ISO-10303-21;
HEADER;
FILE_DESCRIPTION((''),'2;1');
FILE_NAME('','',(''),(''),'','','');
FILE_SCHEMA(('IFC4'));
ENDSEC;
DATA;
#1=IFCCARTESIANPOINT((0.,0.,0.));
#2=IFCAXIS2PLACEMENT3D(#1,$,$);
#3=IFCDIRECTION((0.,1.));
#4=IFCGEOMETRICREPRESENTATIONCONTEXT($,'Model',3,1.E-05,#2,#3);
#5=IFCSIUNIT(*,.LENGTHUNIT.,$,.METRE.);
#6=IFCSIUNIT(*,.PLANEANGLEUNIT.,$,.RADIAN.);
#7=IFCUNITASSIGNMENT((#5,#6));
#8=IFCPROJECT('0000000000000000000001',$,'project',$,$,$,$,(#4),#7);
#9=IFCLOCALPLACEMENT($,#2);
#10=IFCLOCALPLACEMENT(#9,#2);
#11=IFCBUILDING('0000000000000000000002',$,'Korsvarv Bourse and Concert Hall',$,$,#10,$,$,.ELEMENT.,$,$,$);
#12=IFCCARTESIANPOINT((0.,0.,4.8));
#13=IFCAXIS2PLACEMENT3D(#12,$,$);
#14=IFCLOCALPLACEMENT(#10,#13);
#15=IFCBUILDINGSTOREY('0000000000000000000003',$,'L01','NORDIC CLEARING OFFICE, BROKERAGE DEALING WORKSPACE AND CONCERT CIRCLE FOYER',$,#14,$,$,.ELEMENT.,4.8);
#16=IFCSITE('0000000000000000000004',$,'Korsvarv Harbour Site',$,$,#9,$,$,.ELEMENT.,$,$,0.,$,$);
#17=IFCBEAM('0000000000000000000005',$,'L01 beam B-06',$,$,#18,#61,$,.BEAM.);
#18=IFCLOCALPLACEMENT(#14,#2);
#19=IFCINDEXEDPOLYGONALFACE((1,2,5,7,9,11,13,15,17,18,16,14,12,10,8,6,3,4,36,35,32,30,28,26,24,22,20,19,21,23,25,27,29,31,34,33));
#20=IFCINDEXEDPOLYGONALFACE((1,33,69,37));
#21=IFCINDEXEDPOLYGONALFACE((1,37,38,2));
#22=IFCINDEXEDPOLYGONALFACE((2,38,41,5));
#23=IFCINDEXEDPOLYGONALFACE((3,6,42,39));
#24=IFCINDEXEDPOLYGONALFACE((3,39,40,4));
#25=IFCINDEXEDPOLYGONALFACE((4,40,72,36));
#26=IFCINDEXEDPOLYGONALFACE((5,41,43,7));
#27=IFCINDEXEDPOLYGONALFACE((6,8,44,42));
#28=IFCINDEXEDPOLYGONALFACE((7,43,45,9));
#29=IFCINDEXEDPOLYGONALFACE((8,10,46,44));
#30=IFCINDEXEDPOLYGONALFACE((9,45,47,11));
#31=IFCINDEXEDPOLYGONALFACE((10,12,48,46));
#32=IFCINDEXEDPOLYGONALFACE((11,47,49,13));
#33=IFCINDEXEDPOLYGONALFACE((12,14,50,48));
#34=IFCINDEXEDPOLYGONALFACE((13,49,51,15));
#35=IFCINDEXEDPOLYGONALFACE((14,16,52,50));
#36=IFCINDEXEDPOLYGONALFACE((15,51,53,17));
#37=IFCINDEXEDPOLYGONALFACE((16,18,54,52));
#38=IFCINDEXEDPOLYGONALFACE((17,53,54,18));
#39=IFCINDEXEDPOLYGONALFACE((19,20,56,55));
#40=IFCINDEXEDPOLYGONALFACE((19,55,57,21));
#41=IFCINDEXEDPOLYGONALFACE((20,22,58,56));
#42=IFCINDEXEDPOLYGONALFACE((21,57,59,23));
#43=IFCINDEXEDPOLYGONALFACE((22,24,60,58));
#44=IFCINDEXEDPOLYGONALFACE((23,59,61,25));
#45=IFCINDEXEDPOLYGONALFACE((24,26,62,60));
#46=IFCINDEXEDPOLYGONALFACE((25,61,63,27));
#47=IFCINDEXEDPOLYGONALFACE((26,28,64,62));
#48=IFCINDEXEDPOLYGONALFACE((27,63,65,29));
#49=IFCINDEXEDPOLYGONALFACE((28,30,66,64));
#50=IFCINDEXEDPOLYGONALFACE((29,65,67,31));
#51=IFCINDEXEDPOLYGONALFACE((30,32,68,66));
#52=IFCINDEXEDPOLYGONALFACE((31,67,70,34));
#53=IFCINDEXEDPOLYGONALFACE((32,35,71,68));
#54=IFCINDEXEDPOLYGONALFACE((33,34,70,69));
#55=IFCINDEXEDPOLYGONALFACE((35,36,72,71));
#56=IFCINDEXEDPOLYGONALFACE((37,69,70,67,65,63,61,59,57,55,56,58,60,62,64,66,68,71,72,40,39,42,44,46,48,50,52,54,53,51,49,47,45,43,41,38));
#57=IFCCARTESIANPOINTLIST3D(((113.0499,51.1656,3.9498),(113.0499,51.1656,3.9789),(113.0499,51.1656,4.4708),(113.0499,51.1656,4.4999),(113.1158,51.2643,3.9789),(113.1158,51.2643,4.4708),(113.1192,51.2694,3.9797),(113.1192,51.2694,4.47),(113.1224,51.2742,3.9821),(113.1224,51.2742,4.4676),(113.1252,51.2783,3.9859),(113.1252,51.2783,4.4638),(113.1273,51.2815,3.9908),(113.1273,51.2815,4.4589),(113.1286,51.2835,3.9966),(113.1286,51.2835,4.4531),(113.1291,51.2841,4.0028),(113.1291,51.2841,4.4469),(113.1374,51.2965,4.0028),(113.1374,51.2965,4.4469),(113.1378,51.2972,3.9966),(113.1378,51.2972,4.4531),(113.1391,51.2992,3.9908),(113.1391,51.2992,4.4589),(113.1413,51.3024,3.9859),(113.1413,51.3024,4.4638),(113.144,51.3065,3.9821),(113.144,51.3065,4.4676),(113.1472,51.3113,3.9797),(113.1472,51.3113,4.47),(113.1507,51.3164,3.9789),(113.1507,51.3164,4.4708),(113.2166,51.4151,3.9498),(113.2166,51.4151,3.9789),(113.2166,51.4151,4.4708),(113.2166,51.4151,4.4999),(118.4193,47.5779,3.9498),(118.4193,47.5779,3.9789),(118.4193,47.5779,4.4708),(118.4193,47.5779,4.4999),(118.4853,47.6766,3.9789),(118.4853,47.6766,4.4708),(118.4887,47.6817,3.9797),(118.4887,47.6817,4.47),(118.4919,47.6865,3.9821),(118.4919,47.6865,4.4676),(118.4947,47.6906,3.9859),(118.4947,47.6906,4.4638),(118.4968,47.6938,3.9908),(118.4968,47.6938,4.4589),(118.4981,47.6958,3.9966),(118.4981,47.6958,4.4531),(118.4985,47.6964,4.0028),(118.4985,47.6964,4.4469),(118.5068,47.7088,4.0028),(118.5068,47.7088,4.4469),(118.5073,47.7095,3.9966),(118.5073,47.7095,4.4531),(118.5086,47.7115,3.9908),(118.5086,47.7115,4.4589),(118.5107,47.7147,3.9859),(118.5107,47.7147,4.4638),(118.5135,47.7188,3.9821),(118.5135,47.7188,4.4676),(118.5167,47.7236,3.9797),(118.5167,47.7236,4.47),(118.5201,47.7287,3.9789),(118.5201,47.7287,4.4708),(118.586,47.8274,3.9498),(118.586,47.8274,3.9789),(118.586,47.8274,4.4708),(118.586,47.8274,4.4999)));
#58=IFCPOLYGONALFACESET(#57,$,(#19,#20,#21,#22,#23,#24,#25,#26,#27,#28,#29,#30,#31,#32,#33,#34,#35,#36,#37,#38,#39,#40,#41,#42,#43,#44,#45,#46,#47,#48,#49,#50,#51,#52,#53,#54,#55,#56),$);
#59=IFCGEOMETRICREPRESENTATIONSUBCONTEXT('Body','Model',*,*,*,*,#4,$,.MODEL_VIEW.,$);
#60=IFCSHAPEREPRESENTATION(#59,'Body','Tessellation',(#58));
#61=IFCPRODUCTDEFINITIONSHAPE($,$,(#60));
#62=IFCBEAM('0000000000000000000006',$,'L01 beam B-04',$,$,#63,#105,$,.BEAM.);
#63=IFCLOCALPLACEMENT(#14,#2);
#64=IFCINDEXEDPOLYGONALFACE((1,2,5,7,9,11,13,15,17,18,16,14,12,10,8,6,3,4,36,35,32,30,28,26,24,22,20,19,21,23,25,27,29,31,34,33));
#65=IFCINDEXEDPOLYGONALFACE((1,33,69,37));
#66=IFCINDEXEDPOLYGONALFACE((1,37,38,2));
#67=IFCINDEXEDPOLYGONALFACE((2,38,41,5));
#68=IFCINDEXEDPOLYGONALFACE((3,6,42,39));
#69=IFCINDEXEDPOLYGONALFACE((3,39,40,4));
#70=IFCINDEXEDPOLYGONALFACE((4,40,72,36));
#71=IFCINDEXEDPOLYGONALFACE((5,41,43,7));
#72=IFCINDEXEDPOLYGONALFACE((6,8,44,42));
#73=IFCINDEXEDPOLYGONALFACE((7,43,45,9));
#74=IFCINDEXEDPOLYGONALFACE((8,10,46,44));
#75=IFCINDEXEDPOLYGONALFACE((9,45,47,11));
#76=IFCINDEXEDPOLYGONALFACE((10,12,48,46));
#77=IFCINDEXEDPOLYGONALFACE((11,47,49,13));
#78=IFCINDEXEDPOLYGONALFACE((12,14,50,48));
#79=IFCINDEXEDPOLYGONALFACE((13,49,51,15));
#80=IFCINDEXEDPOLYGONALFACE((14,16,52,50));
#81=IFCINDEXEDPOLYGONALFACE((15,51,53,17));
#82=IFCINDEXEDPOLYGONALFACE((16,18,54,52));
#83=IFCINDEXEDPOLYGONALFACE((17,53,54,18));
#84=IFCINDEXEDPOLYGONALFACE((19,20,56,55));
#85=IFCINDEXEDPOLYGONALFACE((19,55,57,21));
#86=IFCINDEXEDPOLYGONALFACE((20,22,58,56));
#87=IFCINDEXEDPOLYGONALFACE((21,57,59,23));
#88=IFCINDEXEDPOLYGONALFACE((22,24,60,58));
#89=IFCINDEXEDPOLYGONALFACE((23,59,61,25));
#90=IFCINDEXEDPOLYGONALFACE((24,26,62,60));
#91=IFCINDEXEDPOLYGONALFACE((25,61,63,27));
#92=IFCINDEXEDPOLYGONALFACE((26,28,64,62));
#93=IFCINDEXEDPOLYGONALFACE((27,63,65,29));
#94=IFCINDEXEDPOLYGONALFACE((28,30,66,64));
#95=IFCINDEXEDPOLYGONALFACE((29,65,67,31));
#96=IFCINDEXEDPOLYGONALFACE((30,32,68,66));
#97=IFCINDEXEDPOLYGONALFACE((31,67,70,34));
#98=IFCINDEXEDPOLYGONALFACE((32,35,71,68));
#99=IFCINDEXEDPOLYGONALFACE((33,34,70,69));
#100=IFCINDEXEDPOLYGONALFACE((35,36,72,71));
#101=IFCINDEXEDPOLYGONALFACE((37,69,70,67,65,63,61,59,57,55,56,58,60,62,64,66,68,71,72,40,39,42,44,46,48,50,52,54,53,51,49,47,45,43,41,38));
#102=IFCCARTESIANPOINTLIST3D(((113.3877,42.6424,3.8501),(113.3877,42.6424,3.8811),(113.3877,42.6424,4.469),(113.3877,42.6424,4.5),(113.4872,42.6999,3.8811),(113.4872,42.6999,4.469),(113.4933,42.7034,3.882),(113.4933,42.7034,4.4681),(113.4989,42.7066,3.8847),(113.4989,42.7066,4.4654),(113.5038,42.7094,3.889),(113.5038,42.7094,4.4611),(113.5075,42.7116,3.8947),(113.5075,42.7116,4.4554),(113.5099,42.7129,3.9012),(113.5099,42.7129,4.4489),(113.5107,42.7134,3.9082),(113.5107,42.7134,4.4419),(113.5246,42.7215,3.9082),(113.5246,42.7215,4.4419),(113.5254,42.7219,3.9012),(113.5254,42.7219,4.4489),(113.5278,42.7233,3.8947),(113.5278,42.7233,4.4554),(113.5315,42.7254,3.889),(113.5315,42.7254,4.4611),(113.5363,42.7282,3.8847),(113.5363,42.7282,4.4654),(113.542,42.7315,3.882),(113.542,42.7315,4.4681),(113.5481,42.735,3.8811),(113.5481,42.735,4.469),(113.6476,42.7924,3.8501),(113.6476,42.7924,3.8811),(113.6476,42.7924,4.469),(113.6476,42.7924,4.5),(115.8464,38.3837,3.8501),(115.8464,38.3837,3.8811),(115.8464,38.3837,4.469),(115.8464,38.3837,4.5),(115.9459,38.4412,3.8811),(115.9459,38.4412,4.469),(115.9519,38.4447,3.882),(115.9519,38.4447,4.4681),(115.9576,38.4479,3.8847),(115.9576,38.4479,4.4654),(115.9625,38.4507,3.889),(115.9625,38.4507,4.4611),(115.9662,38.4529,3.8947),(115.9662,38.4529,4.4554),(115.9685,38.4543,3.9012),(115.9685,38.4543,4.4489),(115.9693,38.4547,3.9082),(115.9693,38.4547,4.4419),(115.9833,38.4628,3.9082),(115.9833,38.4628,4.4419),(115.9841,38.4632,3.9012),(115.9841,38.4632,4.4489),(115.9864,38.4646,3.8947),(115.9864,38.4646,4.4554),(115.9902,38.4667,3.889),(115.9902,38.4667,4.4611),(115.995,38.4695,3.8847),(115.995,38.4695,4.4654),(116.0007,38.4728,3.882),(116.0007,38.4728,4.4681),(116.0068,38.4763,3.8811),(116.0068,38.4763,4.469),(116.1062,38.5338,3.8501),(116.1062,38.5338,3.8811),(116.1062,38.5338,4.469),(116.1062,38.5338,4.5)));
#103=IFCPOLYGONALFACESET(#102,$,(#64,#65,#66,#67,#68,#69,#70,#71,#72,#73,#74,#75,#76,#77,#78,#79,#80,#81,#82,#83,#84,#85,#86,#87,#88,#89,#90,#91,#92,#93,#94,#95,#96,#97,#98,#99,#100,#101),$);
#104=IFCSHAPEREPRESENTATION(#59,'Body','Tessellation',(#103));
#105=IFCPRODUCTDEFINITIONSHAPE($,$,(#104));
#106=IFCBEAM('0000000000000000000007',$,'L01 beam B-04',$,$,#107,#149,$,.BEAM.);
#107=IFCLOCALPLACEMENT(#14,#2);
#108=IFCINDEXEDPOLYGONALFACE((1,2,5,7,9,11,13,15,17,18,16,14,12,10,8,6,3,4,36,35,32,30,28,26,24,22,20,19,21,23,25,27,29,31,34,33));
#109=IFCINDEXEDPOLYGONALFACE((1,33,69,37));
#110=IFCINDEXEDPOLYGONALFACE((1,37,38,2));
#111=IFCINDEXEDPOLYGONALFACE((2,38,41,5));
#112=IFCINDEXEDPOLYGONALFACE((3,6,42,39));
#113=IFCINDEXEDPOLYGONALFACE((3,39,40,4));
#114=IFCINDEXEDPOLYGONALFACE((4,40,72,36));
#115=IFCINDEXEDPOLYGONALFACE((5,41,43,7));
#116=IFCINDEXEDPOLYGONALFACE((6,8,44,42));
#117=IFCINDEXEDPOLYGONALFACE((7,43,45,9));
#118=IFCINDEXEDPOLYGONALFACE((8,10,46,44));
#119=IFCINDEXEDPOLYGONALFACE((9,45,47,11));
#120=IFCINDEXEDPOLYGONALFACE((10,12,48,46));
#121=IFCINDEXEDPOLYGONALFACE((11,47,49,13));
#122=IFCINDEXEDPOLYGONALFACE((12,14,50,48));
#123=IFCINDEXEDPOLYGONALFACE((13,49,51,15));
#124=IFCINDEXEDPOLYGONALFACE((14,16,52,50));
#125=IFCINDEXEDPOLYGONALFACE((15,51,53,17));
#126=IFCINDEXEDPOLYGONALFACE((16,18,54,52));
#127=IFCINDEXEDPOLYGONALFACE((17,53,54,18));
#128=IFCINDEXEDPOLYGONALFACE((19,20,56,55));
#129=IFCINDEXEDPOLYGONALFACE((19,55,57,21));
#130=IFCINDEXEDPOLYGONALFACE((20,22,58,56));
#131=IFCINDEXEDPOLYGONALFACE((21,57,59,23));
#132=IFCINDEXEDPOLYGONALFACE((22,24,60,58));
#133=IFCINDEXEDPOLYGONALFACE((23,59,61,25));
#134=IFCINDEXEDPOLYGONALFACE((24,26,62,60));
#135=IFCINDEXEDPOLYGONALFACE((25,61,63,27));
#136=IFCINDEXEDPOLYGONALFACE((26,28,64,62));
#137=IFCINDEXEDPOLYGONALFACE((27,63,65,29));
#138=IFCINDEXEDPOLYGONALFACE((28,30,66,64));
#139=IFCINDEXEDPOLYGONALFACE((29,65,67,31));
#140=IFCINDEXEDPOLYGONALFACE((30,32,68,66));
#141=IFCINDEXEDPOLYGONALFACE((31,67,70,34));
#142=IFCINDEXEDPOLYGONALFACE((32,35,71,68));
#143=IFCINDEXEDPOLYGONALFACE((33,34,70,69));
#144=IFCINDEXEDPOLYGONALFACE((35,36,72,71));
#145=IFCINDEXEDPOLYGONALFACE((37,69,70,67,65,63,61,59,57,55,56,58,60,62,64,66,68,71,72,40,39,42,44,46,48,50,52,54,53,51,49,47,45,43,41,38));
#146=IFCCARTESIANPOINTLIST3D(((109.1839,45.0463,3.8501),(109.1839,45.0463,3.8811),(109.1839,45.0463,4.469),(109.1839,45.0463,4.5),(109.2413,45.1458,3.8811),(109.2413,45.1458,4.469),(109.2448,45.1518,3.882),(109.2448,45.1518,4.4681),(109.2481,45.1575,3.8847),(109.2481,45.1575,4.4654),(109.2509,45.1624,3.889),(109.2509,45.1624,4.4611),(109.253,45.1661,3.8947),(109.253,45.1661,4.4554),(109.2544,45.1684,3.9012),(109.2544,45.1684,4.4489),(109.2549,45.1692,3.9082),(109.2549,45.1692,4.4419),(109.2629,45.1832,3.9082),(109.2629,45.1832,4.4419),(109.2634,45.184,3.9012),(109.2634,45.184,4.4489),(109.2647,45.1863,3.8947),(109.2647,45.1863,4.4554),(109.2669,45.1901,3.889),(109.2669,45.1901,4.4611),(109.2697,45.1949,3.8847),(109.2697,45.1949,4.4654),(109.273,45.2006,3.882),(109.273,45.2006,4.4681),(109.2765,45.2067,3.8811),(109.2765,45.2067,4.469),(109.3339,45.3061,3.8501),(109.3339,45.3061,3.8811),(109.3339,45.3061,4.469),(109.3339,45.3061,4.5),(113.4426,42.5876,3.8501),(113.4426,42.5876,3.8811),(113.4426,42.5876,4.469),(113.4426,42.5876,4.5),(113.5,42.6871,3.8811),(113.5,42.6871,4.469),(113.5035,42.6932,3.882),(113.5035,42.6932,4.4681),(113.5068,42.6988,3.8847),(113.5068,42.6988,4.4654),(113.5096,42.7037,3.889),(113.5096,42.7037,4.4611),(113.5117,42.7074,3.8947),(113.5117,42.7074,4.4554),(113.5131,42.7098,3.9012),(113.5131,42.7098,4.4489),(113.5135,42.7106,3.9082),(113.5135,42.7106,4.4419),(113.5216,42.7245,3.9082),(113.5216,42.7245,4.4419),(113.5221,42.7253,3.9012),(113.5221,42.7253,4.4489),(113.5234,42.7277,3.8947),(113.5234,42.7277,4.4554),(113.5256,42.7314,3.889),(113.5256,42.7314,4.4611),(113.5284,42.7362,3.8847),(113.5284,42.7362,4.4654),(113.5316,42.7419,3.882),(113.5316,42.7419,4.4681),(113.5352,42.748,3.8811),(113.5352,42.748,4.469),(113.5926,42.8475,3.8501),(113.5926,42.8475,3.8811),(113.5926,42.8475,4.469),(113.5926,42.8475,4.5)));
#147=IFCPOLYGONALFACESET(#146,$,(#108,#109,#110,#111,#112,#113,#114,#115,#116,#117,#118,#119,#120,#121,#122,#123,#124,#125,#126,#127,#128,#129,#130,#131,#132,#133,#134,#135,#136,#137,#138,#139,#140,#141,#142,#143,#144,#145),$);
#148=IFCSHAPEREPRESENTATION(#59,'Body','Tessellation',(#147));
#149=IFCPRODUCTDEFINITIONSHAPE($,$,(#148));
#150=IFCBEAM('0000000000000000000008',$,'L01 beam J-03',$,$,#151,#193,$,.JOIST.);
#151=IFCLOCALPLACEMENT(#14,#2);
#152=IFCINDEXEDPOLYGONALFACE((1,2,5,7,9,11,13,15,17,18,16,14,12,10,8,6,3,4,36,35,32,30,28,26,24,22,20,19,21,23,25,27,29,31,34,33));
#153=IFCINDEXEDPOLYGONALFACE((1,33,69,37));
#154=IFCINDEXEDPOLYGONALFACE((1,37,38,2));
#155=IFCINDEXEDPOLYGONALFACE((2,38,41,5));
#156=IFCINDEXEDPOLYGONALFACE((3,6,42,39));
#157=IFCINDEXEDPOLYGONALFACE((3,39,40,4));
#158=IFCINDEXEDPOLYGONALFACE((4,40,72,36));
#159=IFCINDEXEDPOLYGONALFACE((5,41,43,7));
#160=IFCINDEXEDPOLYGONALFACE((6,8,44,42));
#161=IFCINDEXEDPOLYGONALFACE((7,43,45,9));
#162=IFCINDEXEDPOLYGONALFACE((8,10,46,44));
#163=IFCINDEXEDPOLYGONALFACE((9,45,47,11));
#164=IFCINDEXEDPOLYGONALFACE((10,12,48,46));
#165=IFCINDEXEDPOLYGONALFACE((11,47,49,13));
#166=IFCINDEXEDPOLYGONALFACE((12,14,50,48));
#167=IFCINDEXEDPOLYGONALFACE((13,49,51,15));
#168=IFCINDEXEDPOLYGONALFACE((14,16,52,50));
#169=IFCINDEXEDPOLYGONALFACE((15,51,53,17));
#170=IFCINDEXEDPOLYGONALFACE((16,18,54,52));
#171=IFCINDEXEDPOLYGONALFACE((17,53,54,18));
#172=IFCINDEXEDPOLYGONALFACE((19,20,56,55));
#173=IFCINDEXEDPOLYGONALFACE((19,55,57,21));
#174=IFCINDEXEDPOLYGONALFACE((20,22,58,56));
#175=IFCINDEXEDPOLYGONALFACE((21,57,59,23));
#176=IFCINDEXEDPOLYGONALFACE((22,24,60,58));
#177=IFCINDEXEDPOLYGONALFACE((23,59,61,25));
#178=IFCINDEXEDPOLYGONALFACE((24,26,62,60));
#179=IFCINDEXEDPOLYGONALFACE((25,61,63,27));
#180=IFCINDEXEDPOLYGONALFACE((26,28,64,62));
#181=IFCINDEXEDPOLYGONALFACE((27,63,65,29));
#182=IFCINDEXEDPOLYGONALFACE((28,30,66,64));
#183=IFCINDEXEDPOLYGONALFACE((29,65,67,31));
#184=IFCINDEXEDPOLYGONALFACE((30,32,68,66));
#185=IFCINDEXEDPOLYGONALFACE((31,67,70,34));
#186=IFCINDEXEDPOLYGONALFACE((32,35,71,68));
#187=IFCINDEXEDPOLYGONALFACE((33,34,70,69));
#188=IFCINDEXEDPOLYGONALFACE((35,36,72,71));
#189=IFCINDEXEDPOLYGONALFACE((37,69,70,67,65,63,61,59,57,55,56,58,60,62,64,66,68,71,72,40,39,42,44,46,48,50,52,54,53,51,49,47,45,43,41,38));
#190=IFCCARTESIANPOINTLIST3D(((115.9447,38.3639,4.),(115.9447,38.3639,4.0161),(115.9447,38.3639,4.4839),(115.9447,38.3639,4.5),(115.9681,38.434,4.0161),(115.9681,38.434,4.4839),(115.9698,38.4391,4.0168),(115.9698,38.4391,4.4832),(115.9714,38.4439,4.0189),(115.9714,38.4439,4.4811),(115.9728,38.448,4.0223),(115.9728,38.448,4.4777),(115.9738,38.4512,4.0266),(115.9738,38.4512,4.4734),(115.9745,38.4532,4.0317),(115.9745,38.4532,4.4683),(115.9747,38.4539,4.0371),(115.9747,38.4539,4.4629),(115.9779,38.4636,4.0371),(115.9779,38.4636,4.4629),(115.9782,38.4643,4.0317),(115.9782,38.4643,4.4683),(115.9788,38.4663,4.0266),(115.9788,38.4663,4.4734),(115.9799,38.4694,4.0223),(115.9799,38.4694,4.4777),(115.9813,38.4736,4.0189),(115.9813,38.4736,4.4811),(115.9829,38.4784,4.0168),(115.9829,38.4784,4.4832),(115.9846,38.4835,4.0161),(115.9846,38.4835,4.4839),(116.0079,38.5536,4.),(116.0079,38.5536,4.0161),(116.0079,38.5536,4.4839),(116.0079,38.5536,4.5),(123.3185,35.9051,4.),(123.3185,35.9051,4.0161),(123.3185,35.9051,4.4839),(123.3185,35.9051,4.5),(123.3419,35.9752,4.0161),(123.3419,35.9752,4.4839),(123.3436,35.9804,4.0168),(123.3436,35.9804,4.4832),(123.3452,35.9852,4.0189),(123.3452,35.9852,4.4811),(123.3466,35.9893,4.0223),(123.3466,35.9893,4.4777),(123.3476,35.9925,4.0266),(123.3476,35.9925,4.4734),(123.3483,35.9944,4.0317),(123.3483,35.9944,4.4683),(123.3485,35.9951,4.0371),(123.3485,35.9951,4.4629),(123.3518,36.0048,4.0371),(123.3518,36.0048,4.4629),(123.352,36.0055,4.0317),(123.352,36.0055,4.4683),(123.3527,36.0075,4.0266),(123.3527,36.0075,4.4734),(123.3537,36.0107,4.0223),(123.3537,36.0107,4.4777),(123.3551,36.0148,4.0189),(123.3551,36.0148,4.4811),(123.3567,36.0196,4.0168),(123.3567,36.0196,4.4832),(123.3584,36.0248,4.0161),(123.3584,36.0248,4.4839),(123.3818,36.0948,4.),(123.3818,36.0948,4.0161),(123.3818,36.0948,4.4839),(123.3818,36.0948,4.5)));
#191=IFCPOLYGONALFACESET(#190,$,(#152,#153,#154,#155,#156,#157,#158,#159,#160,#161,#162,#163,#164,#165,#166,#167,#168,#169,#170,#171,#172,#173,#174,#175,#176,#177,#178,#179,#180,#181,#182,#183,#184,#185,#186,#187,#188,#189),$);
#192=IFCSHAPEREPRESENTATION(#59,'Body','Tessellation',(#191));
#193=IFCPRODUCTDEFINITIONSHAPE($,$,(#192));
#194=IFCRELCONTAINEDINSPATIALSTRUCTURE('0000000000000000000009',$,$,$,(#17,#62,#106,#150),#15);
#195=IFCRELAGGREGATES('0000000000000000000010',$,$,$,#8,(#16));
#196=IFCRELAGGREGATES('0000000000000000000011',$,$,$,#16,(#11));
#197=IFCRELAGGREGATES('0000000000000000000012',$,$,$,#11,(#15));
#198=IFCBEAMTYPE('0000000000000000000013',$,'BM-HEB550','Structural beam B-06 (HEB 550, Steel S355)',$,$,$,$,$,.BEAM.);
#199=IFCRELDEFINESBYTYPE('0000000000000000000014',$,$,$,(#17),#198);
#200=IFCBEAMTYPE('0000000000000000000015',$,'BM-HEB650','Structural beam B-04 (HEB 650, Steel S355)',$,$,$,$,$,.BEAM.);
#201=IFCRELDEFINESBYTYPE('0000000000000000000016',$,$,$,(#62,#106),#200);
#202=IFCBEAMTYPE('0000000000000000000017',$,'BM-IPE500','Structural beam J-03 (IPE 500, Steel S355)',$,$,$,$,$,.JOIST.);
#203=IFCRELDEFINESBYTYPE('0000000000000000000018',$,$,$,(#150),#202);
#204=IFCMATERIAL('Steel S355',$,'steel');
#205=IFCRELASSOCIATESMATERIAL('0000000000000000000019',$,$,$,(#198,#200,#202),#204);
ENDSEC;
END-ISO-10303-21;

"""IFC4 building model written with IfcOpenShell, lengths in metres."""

from ifc_helpers import new_model, si_unit, direction, frame, origin, origin_2d, place, context, subcontext, project, spatial, i_section, extrude, source, transform, mapped, material, material_profile, profile_set, type_object, element, save


model = new_model("IFC4")

# Units and contexts
model_context = context("Model", 3, precision=1e-05, world=origin(), true_north=direction((0.0, 1.0)))
body_context = subcontext(model_context, "Body", "Model", "MODEL_VIEW")
ifc_project = project(units=[si_unit("LENGTHUNIT", "METRE"), si_unit("PLANEANGLEUNIT", "RADIAN")], contexts=[model_context])

# Site, building, storey
site_placement = place(None, origin())
site = spatial("IfcSite", under=ifc_project, at=site_placement, Name="Korsvarv Harbour Site", CompositionType="ELEMENT", RefElevation=0.0)
building_placement = place(site_placement, origin())
building = spatial("IfcBuilding", under=site, at=building_placement, Name="Korsvarv Bourse and Concert Hall", CompositionType="ELEMENT")
storey_placement = place(building_placement, frame((0.0, 0.0, 4.8)))
storey = spatial("IfcBuildingStorey", under=building, at=storey_placement, Name="L01", Description="NORDIC CLEARING OFFICE, BROKERAGE DEALING WORKSPACE AND CONCERT CIRCLE FOYER", CompositionType="ELEMENT", Elevation=4.8)

# Beams
ifc_material_1 = material(Name="Steel S355", Category="steel")
ifc_material_profile_1 = material_profile(ifc_material_1, i_section(OverallWidth=0.3, OverallDepth=0.55, WebThickness=0.0149, FlangeThickness=0.0291, FilletRadius=0.0239, at=origin_2d()), Name="HEB 550")
ifc_profile_set_1 = profile_set([ifc_material_profile_1], Name="Steel S355")
beam_type_1 = type_object("IfcBeamType", Name="BM-HEB550", Description="Structural beam B-06 (HEB 550, Steel S355)", PredefinedType="BEAM", material=ifc_profile_set_1)
shared_shape_1 = source(origin(), body_context, "Body", "SweptSolid", [
    extrude(i_section(OverallWidth=0.3, OverallDepth=0.55, WebThickness=0.0149, FlangeThickness=0.0291, FilletRadius=0.0239, at=origin_2d()), origin(), (0.0, 0.0, 1.0), 6.4578),
])
beam_1_placement = place(storey_placement, frame((118.5027, 47.7026, 4.2249), z_axis=(-0.831474, 0.555564, 0.0), x_axis=(-0.555564, -0.831474, 0.0)))
element("IfcBeam", 1, at=beam_1_placement, inside=storey, type_object=beam_type_1, Name="L01 beam B-06", PredefinedType="BEAM", context=body_context, shape_type="MappedRepresentation", body=[
    mapped(shared_shape_1, transform((0.0, 0.0, 0.0), scale=1.0)),
])
ifc_material_profile_2 = material_profile(ifc_material_1, i_section(OverallWidth=0.3, OverallDepth=0.6499, WebThickness=0.0161, FlangeThickness=0.031, FilletRadius=0.0271, at=origin_2d()), Name="HEB 650")
ifc_profile_set_2 = profile_set([ifc_material_profile_2], Name="Steel S355")
beam_type_2 = type_object("IfcBeamType", Name="BM-HEB650", Description="Structural beam B-04 (HEB 650, Steel S355)", PredefinedType="BEAM", material=ifc_profile_set_2)
shared_shape_2 = source(origin(), body_context, "Body", "SweptSolid", [
    extrude(i_section(OverallWidth=0.3, OverallDepth=0.6499, WebThickness=0.0161, FlangeThickness=0.031, FilletRadius=0.0271, at=origin_2d()), origin(), (0.0, 0.0, 1.0), 4.9175),
])
for number, where, z_axis, x_axis, name in (
    (2, (115.9763, 38.4587, 4.175), (-0.499989, 0.866032, 0.0), (-0.866032, -0.499989, 0.0), "L01 beam B-04"),
    (3, (113.5176, 42.7175, 4.175), (-0.866032, 0.499989, 0.0), (-0.499989, -0.866032, 0.0), "L01 beam B-04"),
):
    element("IfcBeam", number, at=place(storey_placement, frame(where, z_axis=z_axis, x_axis=x_axis)), inside=storey, type_object=beam_type_2, Name=name, PredefinedType="BEAM", context=body_context, shape_type="MappedRepresentation", body=[
        mapped(shared_shape_2, transform((0.0, 0.0, 0.0), scale=1.0)),
    ])
ifc_material_profile_3 = material_profile(ifc_material_1, i_section(OverallWidth=0.2, OverallDepth=0.5, WebThickness=0.0103, FlangeThickness=0.0161, FilletRadius=0.021, at=origin_2d()), Name="IPE 500")
ifc_profile_set_3 = profile_set([ifc_material_profile_3], Name="Steel S355")
beam_type_3 = type_object("IfcBeamType", Name="BM-IPE500", Description="Structural beam J-03 (IPE 500, Steel S355)", PredefinedType="JOIST", material=ifc_profile_set_3)
shared_shape_3 = source(origin(), body_context, "Body", "SweptSolid", [
    extrude(i_section(OverallWidth=0.2, OverallDepth=0.5, WebThickness=0.0103, FlangeThickness=0.0161, FilletRadius=0.021, at=origin_2d()), origin(), (0.0, 0.0, 1.0), 7.7729),
])
beam_2_placement = place(storey_placement, frame((115.9763, 38.4587, 4.25), z_axis=(0.948652, -0.316322, 0.0), x_axis=(0.316322, 0.948652, 0.0)))
element("IfcBeam", 4, at=beam_2_placement, inside=storey, type_object=beam_type_3, Name="L01 beam J-03", PredefinedType="JOIST", context=body_context, shape_type="MappedRepresentation", body=[
    mapped(shared_shape_3, transform((0.0, 0.0, 0.0), scale=1.0)),
])

save(model, "model.ifc")
